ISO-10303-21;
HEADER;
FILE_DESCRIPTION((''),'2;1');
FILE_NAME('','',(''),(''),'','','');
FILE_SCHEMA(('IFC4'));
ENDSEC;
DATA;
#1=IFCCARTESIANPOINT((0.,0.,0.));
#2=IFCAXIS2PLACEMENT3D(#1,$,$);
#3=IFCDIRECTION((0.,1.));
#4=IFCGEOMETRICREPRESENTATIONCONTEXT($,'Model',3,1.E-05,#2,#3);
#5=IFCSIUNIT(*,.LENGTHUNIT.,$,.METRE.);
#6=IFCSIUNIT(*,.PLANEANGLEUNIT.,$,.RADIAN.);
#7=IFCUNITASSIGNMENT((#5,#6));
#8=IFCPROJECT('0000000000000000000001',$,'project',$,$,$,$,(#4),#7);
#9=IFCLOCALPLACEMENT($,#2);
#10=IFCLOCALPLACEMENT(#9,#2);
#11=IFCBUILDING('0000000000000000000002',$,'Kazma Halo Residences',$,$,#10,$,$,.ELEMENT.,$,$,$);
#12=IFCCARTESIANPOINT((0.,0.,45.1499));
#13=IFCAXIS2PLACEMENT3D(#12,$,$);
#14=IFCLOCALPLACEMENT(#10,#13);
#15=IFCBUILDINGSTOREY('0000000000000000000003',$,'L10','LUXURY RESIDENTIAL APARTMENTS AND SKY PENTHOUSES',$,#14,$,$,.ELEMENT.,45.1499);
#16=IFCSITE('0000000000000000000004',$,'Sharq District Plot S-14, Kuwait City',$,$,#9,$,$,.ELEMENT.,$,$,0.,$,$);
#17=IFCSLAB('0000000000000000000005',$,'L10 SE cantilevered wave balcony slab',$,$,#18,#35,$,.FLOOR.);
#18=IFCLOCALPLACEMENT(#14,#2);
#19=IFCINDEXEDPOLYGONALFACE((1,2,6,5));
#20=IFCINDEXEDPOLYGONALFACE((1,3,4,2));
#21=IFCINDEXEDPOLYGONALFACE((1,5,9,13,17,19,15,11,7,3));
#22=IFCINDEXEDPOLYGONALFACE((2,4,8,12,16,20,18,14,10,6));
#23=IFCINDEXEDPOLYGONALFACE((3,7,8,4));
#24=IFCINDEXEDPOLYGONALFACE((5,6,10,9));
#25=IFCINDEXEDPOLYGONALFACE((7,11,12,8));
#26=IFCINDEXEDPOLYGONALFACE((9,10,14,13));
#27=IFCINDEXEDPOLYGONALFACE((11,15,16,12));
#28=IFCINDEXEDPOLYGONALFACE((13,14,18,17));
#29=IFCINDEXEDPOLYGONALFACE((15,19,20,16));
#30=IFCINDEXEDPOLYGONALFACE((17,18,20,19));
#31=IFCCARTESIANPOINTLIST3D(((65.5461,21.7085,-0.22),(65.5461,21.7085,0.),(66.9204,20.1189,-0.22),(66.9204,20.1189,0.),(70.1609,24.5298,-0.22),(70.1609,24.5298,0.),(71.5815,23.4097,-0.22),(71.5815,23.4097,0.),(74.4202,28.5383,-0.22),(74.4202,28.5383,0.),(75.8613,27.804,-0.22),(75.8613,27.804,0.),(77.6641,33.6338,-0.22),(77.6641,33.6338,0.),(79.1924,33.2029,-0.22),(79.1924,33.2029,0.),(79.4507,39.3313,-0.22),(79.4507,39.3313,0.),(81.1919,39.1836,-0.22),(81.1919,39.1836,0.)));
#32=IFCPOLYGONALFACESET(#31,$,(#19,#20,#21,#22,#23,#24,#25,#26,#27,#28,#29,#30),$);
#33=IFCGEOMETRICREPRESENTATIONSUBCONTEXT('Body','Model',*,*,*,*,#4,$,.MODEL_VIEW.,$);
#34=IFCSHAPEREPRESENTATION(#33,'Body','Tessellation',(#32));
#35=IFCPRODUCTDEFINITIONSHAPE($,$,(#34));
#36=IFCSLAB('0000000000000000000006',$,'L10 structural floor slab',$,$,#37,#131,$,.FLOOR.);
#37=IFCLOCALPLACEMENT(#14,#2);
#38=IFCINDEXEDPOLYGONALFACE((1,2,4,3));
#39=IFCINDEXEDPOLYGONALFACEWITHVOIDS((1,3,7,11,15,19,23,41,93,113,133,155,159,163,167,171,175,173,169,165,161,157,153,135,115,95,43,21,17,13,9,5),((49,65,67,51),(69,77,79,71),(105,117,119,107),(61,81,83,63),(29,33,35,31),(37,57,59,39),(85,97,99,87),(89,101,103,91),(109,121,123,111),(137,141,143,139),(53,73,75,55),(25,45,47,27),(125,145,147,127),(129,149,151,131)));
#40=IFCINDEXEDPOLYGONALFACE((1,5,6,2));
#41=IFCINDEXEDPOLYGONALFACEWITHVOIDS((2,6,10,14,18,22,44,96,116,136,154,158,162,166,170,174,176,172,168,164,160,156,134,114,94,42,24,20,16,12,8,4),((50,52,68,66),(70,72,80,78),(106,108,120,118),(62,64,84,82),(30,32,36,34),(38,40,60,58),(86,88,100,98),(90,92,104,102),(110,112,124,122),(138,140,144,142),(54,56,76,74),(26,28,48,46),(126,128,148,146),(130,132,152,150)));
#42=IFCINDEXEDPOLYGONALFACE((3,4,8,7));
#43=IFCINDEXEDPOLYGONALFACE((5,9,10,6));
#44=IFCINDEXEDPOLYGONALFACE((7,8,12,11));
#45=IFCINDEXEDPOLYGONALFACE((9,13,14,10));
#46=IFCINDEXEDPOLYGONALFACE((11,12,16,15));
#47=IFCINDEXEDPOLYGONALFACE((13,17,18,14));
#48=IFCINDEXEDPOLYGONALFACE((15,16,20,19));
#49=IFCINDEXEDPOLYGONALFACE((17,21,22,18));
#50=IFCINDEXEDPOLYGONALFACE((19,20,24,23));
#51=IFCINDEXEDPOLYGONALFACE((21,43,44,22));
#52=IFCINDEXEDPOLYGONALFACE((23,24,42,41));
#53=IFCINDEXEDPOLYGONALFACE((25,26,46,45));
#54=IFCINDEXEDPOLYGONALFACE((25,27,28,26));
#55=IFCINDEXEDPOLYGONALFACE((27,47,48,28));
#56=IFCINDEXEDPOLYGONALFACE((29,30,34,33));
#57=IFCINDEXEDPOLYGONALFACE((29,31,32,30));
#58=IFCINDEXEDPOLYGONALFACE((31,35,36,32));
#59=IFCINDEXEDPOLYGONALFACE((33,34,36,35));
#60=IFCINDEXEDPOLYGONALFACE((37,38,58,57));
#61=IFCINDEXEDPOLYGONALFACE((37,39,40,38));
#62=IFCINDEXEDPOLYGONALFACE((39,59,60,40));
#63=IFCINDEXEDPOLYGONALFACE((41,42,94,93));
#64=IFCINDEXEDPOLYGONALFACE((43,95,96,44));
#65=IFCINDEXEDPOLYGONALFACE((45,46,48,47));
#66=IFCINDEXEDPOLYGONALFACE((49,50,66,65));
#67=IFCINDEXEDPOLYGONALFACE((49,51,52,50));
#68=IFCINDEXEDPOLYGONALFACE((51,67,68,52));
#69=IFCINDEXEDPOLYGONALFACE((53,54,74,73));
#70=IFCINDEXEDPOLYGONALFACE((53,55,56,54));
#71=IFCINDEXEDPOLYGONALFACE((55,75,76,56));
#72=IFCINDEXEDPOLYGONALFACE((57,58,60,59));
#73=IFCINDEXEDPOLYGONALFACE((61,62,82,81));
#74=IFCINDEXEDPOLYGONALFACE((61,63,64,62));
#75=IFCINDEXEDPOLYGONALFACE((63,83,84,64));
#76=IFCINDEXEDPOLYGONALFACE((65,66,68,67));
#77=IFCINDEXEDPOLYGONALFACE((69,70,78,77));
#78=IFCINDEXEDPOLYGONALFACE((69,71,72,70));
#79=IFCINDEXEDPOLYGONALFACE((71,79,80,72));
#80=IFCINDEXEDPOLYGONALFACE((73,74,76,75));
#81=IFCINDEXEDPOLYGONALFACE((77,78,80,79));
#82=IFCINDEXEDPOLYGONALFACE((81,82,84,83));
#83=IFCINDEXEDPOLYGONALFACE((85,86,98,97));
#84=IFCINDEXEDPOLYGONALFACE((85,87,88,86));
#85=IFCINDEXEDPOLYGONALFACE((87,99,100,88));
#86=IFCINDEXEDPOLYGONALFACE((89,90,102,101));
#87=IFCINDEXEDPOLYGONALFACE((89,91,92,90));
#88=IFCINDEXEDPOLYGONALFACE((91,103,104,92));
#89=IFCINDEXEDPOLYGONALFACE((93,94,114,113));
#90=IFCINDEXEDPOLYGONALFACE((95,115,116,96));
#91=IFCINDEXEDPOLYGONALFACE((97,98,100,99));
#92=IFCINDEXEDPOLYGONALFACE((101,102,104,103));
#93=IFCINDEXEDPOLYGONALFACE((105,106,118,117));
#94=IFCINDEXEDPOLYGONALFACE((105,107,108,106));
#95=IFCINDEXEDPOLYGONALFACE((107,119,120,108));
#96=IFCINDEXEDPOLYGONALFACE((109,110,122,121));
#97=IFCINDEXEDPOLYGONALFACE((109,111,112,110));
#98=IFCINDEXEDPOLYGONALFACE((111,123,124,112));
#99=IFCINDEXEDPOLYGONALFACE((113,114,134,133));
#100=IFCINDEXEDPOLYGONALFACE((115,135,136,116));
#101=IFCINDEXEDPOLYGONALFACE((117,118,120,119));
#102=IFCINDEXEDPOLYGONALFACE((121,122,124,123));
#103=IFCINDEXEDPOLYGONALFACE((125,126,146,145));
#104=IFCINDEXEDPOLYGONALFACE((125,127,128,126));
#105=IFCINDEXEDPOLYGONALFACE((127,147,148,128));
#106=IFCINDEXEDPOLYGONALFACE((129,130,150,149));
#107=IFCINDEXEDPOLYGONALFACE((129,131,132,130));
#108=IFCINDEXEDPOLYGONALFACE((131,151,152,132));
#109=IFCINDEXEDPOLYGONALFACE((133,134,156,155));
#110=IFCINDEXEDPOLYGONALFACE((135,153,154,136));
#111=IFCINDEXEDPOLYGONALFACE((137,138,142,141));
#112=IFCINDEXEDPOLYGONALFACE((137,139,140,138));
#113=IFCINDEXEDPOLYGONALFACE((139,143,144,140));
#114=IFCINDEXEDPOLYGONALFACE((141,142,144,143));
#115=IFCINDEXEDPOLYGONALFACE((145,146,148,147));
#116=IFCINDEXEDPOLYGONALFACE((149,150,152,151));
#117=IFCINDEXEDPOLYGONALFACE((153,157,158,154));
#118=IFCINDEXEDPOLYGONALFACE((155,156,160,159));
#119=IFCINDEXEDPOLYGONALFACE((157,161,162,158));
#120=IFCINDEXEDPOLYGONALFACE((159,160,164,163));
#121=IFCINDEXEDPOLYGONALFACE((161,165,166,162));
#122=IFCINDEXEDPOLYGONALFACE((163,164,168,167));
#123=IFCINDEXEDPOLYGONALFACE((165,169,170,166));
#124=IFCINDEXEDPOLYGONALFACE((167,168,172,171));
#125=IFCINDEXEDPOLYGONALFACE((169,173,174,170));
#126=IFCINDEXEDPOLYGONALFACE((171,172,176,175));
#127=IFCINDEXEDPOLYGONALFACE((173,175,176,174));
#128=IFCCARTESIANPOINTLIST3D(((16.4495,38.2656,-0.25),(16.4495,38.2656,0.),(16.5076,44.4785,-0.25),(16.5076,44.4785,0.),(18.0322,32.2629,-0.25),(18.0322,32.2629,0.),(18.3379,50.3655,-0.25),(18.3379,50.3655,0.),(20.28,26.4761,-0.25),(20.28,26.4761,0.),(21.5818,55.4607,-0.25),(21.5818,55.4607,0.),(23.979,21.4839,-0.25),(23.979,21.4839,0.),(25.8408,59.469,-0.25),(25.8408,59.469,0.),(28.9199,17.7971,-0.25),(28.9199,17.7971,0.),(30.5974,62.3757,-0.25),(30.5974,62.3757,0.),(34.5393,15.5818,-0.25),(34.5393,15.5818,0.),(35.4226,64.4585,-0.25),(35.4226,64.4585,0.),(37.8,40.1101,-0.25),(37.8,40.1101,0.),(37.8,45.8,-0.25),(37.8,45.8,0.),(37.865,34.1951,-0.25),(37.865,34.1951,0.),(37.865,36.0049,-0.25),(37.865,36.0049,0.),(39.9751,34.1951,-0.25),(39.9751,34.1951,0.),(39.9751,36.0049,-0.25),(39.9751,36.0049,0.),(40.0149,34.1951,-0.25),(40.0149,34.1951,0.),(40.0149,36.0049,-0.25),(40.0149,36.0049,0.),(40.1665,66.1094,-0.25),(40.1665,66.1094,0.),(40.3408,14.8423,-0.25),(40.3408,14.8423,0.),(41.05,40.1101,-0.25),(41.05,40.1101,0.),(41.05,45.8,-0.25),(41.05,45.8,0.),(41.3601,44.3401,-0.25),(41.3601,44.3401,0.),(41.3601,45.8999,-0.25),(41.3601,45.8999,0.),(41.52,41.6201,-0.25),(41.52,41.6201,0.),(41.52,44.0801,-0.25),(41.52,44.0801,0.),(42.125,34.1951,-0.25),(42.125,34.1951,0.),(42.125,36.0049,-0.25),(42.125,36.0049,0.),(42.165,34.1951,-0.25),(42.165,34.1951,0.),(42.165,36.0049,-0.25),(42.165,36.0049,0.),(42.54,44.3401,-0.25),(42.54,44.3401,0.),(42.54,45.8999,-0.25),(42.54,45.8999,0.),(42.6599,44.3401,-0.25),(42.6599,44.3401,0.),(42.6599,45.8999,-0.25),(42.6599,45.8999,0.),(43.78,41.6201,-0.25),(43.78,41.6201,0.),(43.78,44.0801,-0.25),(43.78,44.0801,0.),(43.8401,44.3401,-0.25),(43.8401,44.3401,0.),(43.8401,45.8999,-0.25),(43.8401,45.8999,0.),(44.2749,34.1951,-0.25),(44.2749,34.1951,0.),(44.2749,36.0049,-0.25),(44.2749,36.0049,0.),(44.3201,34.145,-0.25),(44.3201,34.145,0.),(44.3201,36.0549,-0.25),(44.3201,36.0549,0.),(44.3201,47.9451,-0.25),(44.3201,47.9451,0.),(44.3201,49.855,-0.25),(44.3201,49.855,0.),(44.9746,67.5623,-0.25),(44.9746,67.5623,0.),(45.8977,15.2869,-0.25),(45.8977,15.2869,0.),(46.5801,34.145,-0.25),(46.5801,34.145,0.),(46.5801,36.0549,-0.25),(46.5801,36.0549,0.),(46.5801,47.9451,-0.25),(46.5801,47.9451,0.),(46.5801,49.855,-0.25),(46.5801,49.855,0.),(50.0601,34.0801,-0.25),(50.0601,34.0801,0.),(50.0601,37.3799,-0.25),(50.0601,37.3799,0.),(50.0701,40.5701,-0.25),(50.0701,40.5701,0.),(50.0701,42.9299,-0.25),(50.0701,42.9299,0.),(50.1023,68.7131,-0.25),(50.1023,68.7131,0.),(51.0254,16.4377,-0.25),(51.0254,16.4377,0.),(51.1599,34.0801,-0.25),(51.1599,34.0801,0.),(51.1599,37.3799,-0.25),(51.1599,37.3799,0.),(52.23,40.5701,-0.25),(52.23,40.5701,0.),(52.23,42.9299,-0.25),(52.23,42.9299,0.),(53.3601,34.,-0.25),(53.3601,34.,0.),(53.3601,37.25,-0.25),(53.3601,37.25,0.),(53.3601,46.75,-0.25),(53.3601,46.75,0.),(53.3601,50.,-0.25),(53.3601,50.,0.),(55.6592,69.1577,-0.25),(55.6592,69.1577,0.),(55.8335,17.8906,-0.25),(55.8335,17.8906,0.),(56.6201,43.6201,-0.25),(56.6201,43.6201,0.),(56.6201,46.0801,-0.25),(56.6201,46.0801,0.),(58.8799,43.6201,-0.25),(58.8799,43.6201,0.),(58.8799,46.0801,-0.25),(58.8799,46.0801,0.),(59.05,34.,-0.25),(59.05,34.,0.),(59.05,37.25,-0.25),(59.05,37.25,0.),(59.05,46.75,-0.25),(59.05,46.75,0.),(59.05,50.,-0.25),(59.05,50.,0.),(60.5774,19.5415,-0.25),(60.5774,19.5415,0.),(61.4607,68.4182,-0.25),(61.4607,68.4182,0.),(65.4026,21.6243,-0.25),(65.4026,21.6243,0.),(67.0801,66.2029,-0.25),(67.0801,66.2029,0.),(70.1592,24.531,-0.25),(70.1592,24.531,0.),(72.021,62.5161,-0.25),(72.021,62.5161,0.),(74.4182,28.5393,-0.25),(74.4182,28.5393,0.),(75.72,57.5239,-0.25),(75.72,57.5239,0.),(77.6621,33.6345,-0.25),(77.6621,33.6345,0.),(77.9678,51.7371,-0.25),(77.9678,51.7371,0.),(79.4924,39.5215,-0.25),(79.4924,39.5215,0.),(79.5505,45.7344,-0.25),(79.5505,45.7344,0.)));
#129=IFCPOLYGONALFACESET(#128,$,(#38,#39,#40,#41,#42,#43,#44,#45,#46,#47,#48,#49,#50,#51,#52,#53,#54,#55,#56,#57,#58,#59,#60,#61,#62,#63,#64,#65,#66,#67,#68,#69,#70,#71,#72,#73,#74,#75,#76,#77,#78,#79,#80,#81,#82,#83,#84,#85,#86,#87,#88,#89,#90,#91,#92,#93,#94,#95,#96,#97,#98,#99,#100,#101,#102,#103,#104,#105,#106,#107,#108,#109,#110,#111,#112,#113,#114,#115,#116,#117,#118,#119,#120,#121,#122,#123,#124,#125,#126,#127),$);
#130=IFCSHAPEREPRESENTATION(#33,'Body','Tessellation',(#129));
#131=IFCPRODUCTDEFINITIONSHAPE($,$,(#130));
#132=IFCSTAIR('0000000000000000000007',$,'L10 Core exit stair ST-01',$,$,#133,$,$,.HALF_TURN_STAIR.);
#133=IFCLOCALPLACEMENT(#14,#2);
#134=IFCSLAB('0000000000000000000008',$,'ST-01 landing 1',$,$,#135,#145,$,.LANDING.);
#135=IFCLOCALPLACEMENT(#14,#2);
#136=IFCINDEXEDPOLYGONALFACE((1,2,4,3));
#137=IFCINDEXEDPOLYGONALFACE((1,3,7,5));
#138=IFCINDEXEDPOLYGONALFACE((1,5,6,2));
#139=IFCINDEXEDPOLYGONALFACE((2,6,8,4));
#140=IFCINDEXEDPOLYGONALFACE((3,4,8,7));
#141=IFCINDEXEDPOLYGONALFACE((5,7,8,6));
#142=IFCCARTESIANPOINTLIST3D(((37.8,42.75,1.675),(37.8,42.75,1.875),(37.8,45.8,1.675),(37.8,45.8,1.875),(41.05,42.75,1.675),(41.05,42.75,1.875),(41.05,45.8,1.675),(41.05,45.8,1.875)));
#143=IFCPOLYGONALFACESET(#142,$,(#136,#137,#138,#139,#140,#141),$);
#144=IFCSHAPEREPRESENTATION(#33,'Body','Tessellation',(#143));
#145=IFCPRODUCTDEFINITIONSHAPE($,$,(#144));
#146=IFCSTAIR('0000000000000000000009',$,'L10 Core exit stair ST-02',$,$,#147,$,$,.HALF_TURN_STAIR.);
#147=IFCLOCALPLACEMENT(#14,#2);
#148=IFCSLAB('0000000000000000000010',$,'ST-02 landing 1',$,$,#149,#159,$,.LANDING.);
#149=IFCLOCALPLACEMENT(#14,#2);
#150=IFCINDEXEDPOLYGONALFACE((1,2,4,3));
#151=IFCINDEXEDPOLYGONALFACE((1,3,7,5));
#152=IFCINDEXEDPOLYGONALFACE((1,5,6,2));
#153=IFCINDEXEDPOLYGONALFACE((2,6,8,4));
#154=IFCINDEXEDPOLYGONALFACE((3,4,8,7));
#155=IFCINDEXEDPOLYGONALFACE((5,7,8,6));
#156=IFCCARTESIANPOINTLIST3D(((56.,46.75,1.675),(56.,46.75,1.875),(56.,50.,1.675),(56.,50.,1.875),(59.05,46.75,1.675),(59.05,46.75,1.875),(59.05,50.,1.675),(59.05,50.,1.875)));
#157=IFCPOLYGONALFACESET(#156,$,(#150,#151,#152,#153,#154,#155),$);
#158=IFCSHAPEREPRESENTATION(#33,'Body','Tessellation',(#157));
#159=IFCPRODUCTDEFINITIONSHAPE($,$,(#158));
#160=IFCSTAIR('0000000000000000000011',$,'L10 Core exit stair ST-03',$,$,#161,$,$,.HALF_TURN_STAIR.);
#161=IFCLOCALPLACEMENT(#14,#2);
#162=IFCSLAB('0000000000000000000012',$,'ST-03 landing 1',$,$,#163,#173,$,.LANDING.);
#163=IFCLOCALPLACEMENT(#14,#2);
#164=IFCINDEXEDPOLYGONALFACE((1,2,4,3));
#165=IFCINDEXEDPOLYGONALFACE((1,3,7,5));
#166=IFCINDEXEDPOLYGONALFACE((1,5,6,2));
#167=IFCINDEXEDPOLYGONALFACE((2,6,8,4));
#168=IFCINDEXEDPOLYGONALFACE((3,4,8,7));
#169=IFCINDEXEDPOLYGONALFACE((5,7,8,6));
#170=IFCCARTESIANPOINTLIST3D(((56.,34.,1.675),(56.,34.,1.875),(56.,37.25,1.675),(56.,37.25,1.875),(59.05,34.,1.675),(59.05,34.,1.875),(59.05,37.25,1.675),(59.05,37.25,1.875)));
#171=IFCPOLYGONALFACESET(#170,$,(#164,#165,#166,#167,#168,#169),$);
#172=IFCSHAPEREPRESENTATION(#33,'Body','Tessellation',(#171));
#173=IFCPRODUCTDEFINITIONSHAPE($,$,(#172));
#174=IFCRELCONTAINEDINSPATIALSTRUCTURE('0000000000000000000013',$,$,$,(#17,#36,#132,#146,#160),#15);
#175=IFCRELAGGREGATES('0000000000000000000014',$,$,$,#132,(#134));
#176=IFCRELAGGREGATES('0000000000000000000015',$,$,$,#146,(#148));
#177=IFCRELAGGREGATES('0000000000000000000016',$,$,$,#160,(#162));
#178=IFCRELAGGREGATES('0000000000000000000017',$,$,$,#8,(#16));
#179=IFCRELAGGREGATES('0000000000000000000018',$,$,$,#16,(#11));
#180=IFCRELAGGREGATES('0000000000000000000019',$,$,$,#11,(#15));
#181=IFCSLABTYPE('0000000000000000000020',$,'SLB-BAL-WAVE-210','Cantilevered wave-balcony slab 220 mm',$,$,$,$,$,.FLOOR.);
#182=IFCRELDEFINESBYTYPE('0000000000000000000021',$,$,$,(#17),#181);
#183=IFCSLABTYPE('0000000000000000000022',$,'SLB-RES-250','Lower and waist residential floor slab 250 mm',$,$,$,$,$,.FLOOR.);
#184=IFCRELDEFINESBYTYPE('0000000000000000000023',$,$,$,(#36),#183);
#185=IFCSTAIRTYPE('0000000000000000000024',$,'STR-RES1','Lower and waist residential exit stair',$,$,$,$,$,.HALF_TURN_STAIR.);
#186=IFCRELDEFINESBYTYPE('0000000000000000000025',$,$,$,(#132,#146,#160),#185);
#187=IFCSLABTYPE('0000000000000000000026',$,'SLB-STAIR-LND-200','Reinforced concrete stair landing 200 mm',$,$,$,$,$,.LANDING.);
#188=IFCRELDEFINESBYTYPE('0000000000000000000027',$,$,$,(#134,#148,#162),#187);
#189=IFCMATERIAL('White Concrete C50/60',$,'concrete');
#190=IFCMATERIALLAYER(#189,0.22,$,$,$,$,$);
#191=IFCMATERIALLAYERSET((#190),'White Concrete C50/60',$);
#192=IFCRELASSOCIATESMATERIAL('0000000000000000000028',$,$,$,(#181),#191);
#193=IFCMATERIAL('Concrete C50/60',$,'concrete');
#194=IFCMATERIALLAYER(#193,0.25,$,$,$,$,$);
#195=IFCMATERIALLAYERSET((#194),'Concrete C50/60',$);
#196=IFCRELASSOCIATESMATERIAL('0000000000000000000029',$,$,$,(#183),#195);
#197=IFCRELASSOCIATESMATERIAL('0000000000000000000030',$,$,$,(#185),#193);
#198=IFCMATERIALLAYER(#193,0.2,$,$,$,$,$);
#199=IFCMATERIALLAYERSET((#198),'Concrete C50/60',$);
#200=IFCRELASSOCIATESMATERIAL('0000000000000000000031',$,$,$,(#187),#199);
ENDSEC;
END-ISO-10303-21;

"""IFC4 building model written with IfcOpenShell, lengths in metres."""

from ifc_helpers import new_model, si_unit, direction, frame, origin, place, context, subcontext, project, spatial, polyline, outline, extrude, material, layer, layer_set, type_object, element, aggregate, save


model = new_model("IFC4")

# Units and contexts
model_context = context("Model", 3, precision=1e-05, world=origin(), true_north=direction((0.0, 1.0)))
body_context = subcontext(model_context, "Body", "Model", "MODEL_VIEW")
ifc_project = project(units=[si_unit("LENGTHUNIT", "METRE"), si_unit("PLANEANGLEUNIT", "RADIAN")], contexts=[model_context])

# Site, building, storey
site_placement = place(None, origin())
site = spatial("IfcSite", under=ifc_project, at=site_placement, Name="Sharq District Plot S-14, Kuwait City", CompositionType="ELEMENT", RefElevation=0.0)
building_placement = place(site_placement, origin())
building = spatial("IfcBuilding", under=site, at=building_placement, Name="Kazma Halo Residences", CompositionType="ELEMENT")
storey_placement = place(building_placement, frame((0.0, 0.0, 45.1499)))
storey = spatial("IfcBuildingStorey", under=building, at=storey_placement, Name="L10", Description="LUXURY RESIDENTIAL APARTMENTS AND SKY PENTHOUSES", CompositionType="ELEMENT", Elevation=45.1499)

# Slabs
ifc_material_1 = material(Name="White Concrete C50/60", Category="concrete")
ifc_layer_1 = layer(ifc_material_1, 0.22)
ifc_layer_set_1 = layer_set([ifc_layer_1], Name="White Concrete C50/60")
slab_type_1 = type_object("IfcSlabType", Name="SLB-BAL-WAVE-210", Description="Cantilevered wave-balcony slab 220 mm", PredefinedType="FLOOR", material=ifc_layer_set_1)
slab_1_placement = place(storey_placement, frame((0.0, 0.0, -0.22)))
element("IfcSlab", 1, at=slab_1_placement, inside=storey, type_object=slab_type_1, Name="L10 SE cantilevered wave balcony slab", PredefinedType="FLOOR", context=body_context, shape_type="SweptSolid", body=[
    extrude(outline(polyline([(65.5461, 21.7085), (70.1609, 24.5298), (74.4202, 28.5383), (77.6641, 33.6338), (79.4507, 39.3313), (81.1919, 39.1836), (79.1924, 33.2029), (75.8613, 27.804), (71.5815, 23.4097), (66.9204, 20.1189), (65.5461, 21.7085)])), origin(), (0.0, 0.0, 1.0), 0.22),
])
ifc_material_2 = material(Name="Concrete C50/60", Category="concrete")
ifc_layer_2 = layer(ifc_material_2, 0.25)
ifc_layer_set_2 = layer_set([ifc_layer_2], Name="Concrete C50/60")
slab_type_2 = type_object("IfcSlabType", Name="SLB-RES-250", Description="Lower and waist residential floor slab 250 mm", PredefinedType="FLOOR", material=ifc_layer_set_2)
slab_2_placement = place(storey_placement, frame((0.0, 0.0, -0.25)))
element("IfcSlab", 2, at=slab_2_placement, inside=storey, type_object=slab_type_2, Name="L10 structural floor slab", PredefinedType="FLOOR", context=body_context, shape_type="SweptSolid", body=[
    extrude(outline(polyline([(77.9678, 51.7371), (75.72, 57.5239), (72.021, 62.5161), (67.0801, 66.2029), (61.4607, 68.4182), (55.6592, 69.1577), (50.1023, 68.7131), (44.9746, 67.5623), (40.1665, 66.1094), (35.4226, 64.4585), (30.5974, 62.3757), (25.8408, 59.469), (21.5818, 55.4607), (18.3379, 50.3655), (16.5076, 44.4785), (16.4495, 38.2656), (18.0322, 32.2629), (20.28, 26.4761), (23.979, 21.4839), (28.9199, 17.7971), (34.5393, 15.5818), (40.3408, 14.8423), (45.8977, 15.2869), (51.0254, 16.4377), (55.8335, 17.8906), (60.5774, 19.5415), (65.4026, 21.6243), (70.1592, 24.531), (74.4182, 28.5393), (77.6621, 33.6345), (79.4924, 39.5215), (79.5505, 45.7344), (77.9678, 51.7371)]), holes=[polyline([(37.8, 40.1101), (41.05, 40.1101), (41.05, 45.8), (37.8, 45.8), (37.8, 40.1101)]), polyline([(53.3601, 46.75), (59.05, 46.75), (59.05, 50.0), (53.3601, 50.0), (53.3601, 46.75)]), polyline([(53.3601, 34.0), (59.05, 34.0), (59.05, 37.25), (53.3601, 37.25), (53.3601, 34.0)]), polyline([(41.52, 41.6201), (43.78, 41.6201), (43.78, 44.0801), (41.52, 44.0801), (41.52, 41.6201)]), polyline([(56.6201, 43.6201), (58.8799, 43.6201), (58.8799, 46.0801), (56.6201, 46.0801), (56.6201, 43.6201)]), polyline([(37.865, 34.1951), (39.9751, 34.1951), (39.9751, 36.0049), (37.865, 36.0049), (37.865, 34.1951)]), polyline([(40.0149, 34.1951), (42.125, 34.1951), (42.125, 36.0049), (40.0149, 36.0049), (40.0149, 34.1951)]), polyline([(42.165, 34.1951), (44.2749, 34.1951), (44.2749, 36.0049), (42.165, 36.0049), (42.165, 34.1951)]), polyline([(44.3201, 47.9451), (46.5801, 47.9451), (46.5801, 49.855), (44.3201, 49.855), (44.3201, 47.9451)]), polyline([(44.3201, 34.145), (46.5801, 34.145), (46.5801, 36.0549), (44.3201, 36.0549), (44.3201, 34.145)]), polyline([(50.0701, 40.5701), (52.23, 40.5701), (52.23, 42.9299), (50.0701, 42.9299), (50.0701, 40.5701)]), polyline([(41.3601, 44.3401), (42.54, 44.3401), (42.54, 45.8999), (41.3601, 45.8999), (41.3601, 44.3401)]), polyline([(42.6599, 44.3401), (43.8401, 44.3401), (43.8401, 45.8999), (42.6599, 45.8999), (42.6599, 44.3401)]), polyline([(50.0601, 34.0801), (51.1599, 34.0801), (51.1599, 37.3799), (50.0601, 37.3799), (50.0601, 34.0801)])]), origin(), (0.0, 0.0, 1.0), 0.25),
])

# Stairs, slabs
stair_type = type_object("IfcStairType", Name="STR-RES1", Description="Lower and waist residential exit stair", PredefinedType="HALF_TURN_STAIR", material=ifc_material_2)
stair_1_placement = place(storey_placement, origin())
stair_1 = element("IfcStair", 3, at=stair_1_placement, inside=storey, type_object=stair_type, Name="L10 Core exit stair ST-01", PredefinedType="HALF_TURN_STAIR")
ifc_layer_3 = layer(ifc_material_2, 0.2)
ifc_layer_set_3 = layer_set([ifc_layer_3], Name="Concrete C50/60")
slab_type_3 = type_object("IfcSlabType", Name="SLB-STAIR-LND-200", Description="Reinforced concrete stair landing 200 mm", PredefinedType="LANDING", material=ifc_layer_set_3)
slab_3_placement = place(storey_placement, frame((0.0, 0.0, 1.675)))
slab_3 = element("IfcSlab", 4, at=slab_3_placement, type_object=slab_type_3, Name="ST-01 landing 1", PredefinedType="LANDING", context=body_context, shape_type="SweptSolid", body=[
    extrude(outline(polyline([(41.05, 42.75), (41.05, 45.8), (37.8, 45.8), (37.8, 42.75), (41.05, 42.75)])), origin(), (0.0, 0.0, 1.0), 0.2),
])
aggregate(stair_1, [slab_3])
stair_2_placement = place(storey_placement, origin())
stair_2 = element("IfcStair", 5, at=stair_2_placement, inside=storey, type_object=stair_type, Name="L10 Core exit stair ST-02", PredefinedType="HALF_TURN_STAIR")
slab_4_placement = place(storey_placement, frame((0.0, 0.0, 1.675)))
slab_4 = element("IfcSlab", 6, at=slab_4_placement, type_object=slab_type_3, Name="ST-02 landing 1", PredefinedType="LANDING", context=body_context, shape_type="SweptSolid", body=[
    extrude(outline(polyline([(56.0, 46.75), (59.05, 46.75), (59.05, 50.0), (56.0, 50.0), (56.0, 46.75)])), origin(), (0.0, 0.0, 1.0), 0.2),
])
aggregate(stair_2, [slab_4])
stair_3_placement = place(storey_placement, origin())
stair_3 = element("IfcStair", 7, at=stair_3_placement, inside=storey, type_object=stair_type, Name="L10 Core exit stair ST-03", PredefinedType="HALF_TURN_STAIR")
slab_5_placement = place(storey_placement, frame((0.0, 0.0, 1.675)))
slab_5 = element("IfcSlab", 8, at=slab_5_placement, type_object=slab_type_3, Name="ST-03 landing 1", PredefinedType="LANDING", context=body_context, shape_type="SweptSolid", body=[
    extrude(outline(polyline([(56.0, 34.0), (59.05, 34.0), (59.05, 37.25), (56.0, 37.25), (56.0, 34.0)])), origin(), (0.0, 0.0, 1.0), 0.2),
])
aggregate(stair_3, [slab_5])

save(model, "model.ifc")
